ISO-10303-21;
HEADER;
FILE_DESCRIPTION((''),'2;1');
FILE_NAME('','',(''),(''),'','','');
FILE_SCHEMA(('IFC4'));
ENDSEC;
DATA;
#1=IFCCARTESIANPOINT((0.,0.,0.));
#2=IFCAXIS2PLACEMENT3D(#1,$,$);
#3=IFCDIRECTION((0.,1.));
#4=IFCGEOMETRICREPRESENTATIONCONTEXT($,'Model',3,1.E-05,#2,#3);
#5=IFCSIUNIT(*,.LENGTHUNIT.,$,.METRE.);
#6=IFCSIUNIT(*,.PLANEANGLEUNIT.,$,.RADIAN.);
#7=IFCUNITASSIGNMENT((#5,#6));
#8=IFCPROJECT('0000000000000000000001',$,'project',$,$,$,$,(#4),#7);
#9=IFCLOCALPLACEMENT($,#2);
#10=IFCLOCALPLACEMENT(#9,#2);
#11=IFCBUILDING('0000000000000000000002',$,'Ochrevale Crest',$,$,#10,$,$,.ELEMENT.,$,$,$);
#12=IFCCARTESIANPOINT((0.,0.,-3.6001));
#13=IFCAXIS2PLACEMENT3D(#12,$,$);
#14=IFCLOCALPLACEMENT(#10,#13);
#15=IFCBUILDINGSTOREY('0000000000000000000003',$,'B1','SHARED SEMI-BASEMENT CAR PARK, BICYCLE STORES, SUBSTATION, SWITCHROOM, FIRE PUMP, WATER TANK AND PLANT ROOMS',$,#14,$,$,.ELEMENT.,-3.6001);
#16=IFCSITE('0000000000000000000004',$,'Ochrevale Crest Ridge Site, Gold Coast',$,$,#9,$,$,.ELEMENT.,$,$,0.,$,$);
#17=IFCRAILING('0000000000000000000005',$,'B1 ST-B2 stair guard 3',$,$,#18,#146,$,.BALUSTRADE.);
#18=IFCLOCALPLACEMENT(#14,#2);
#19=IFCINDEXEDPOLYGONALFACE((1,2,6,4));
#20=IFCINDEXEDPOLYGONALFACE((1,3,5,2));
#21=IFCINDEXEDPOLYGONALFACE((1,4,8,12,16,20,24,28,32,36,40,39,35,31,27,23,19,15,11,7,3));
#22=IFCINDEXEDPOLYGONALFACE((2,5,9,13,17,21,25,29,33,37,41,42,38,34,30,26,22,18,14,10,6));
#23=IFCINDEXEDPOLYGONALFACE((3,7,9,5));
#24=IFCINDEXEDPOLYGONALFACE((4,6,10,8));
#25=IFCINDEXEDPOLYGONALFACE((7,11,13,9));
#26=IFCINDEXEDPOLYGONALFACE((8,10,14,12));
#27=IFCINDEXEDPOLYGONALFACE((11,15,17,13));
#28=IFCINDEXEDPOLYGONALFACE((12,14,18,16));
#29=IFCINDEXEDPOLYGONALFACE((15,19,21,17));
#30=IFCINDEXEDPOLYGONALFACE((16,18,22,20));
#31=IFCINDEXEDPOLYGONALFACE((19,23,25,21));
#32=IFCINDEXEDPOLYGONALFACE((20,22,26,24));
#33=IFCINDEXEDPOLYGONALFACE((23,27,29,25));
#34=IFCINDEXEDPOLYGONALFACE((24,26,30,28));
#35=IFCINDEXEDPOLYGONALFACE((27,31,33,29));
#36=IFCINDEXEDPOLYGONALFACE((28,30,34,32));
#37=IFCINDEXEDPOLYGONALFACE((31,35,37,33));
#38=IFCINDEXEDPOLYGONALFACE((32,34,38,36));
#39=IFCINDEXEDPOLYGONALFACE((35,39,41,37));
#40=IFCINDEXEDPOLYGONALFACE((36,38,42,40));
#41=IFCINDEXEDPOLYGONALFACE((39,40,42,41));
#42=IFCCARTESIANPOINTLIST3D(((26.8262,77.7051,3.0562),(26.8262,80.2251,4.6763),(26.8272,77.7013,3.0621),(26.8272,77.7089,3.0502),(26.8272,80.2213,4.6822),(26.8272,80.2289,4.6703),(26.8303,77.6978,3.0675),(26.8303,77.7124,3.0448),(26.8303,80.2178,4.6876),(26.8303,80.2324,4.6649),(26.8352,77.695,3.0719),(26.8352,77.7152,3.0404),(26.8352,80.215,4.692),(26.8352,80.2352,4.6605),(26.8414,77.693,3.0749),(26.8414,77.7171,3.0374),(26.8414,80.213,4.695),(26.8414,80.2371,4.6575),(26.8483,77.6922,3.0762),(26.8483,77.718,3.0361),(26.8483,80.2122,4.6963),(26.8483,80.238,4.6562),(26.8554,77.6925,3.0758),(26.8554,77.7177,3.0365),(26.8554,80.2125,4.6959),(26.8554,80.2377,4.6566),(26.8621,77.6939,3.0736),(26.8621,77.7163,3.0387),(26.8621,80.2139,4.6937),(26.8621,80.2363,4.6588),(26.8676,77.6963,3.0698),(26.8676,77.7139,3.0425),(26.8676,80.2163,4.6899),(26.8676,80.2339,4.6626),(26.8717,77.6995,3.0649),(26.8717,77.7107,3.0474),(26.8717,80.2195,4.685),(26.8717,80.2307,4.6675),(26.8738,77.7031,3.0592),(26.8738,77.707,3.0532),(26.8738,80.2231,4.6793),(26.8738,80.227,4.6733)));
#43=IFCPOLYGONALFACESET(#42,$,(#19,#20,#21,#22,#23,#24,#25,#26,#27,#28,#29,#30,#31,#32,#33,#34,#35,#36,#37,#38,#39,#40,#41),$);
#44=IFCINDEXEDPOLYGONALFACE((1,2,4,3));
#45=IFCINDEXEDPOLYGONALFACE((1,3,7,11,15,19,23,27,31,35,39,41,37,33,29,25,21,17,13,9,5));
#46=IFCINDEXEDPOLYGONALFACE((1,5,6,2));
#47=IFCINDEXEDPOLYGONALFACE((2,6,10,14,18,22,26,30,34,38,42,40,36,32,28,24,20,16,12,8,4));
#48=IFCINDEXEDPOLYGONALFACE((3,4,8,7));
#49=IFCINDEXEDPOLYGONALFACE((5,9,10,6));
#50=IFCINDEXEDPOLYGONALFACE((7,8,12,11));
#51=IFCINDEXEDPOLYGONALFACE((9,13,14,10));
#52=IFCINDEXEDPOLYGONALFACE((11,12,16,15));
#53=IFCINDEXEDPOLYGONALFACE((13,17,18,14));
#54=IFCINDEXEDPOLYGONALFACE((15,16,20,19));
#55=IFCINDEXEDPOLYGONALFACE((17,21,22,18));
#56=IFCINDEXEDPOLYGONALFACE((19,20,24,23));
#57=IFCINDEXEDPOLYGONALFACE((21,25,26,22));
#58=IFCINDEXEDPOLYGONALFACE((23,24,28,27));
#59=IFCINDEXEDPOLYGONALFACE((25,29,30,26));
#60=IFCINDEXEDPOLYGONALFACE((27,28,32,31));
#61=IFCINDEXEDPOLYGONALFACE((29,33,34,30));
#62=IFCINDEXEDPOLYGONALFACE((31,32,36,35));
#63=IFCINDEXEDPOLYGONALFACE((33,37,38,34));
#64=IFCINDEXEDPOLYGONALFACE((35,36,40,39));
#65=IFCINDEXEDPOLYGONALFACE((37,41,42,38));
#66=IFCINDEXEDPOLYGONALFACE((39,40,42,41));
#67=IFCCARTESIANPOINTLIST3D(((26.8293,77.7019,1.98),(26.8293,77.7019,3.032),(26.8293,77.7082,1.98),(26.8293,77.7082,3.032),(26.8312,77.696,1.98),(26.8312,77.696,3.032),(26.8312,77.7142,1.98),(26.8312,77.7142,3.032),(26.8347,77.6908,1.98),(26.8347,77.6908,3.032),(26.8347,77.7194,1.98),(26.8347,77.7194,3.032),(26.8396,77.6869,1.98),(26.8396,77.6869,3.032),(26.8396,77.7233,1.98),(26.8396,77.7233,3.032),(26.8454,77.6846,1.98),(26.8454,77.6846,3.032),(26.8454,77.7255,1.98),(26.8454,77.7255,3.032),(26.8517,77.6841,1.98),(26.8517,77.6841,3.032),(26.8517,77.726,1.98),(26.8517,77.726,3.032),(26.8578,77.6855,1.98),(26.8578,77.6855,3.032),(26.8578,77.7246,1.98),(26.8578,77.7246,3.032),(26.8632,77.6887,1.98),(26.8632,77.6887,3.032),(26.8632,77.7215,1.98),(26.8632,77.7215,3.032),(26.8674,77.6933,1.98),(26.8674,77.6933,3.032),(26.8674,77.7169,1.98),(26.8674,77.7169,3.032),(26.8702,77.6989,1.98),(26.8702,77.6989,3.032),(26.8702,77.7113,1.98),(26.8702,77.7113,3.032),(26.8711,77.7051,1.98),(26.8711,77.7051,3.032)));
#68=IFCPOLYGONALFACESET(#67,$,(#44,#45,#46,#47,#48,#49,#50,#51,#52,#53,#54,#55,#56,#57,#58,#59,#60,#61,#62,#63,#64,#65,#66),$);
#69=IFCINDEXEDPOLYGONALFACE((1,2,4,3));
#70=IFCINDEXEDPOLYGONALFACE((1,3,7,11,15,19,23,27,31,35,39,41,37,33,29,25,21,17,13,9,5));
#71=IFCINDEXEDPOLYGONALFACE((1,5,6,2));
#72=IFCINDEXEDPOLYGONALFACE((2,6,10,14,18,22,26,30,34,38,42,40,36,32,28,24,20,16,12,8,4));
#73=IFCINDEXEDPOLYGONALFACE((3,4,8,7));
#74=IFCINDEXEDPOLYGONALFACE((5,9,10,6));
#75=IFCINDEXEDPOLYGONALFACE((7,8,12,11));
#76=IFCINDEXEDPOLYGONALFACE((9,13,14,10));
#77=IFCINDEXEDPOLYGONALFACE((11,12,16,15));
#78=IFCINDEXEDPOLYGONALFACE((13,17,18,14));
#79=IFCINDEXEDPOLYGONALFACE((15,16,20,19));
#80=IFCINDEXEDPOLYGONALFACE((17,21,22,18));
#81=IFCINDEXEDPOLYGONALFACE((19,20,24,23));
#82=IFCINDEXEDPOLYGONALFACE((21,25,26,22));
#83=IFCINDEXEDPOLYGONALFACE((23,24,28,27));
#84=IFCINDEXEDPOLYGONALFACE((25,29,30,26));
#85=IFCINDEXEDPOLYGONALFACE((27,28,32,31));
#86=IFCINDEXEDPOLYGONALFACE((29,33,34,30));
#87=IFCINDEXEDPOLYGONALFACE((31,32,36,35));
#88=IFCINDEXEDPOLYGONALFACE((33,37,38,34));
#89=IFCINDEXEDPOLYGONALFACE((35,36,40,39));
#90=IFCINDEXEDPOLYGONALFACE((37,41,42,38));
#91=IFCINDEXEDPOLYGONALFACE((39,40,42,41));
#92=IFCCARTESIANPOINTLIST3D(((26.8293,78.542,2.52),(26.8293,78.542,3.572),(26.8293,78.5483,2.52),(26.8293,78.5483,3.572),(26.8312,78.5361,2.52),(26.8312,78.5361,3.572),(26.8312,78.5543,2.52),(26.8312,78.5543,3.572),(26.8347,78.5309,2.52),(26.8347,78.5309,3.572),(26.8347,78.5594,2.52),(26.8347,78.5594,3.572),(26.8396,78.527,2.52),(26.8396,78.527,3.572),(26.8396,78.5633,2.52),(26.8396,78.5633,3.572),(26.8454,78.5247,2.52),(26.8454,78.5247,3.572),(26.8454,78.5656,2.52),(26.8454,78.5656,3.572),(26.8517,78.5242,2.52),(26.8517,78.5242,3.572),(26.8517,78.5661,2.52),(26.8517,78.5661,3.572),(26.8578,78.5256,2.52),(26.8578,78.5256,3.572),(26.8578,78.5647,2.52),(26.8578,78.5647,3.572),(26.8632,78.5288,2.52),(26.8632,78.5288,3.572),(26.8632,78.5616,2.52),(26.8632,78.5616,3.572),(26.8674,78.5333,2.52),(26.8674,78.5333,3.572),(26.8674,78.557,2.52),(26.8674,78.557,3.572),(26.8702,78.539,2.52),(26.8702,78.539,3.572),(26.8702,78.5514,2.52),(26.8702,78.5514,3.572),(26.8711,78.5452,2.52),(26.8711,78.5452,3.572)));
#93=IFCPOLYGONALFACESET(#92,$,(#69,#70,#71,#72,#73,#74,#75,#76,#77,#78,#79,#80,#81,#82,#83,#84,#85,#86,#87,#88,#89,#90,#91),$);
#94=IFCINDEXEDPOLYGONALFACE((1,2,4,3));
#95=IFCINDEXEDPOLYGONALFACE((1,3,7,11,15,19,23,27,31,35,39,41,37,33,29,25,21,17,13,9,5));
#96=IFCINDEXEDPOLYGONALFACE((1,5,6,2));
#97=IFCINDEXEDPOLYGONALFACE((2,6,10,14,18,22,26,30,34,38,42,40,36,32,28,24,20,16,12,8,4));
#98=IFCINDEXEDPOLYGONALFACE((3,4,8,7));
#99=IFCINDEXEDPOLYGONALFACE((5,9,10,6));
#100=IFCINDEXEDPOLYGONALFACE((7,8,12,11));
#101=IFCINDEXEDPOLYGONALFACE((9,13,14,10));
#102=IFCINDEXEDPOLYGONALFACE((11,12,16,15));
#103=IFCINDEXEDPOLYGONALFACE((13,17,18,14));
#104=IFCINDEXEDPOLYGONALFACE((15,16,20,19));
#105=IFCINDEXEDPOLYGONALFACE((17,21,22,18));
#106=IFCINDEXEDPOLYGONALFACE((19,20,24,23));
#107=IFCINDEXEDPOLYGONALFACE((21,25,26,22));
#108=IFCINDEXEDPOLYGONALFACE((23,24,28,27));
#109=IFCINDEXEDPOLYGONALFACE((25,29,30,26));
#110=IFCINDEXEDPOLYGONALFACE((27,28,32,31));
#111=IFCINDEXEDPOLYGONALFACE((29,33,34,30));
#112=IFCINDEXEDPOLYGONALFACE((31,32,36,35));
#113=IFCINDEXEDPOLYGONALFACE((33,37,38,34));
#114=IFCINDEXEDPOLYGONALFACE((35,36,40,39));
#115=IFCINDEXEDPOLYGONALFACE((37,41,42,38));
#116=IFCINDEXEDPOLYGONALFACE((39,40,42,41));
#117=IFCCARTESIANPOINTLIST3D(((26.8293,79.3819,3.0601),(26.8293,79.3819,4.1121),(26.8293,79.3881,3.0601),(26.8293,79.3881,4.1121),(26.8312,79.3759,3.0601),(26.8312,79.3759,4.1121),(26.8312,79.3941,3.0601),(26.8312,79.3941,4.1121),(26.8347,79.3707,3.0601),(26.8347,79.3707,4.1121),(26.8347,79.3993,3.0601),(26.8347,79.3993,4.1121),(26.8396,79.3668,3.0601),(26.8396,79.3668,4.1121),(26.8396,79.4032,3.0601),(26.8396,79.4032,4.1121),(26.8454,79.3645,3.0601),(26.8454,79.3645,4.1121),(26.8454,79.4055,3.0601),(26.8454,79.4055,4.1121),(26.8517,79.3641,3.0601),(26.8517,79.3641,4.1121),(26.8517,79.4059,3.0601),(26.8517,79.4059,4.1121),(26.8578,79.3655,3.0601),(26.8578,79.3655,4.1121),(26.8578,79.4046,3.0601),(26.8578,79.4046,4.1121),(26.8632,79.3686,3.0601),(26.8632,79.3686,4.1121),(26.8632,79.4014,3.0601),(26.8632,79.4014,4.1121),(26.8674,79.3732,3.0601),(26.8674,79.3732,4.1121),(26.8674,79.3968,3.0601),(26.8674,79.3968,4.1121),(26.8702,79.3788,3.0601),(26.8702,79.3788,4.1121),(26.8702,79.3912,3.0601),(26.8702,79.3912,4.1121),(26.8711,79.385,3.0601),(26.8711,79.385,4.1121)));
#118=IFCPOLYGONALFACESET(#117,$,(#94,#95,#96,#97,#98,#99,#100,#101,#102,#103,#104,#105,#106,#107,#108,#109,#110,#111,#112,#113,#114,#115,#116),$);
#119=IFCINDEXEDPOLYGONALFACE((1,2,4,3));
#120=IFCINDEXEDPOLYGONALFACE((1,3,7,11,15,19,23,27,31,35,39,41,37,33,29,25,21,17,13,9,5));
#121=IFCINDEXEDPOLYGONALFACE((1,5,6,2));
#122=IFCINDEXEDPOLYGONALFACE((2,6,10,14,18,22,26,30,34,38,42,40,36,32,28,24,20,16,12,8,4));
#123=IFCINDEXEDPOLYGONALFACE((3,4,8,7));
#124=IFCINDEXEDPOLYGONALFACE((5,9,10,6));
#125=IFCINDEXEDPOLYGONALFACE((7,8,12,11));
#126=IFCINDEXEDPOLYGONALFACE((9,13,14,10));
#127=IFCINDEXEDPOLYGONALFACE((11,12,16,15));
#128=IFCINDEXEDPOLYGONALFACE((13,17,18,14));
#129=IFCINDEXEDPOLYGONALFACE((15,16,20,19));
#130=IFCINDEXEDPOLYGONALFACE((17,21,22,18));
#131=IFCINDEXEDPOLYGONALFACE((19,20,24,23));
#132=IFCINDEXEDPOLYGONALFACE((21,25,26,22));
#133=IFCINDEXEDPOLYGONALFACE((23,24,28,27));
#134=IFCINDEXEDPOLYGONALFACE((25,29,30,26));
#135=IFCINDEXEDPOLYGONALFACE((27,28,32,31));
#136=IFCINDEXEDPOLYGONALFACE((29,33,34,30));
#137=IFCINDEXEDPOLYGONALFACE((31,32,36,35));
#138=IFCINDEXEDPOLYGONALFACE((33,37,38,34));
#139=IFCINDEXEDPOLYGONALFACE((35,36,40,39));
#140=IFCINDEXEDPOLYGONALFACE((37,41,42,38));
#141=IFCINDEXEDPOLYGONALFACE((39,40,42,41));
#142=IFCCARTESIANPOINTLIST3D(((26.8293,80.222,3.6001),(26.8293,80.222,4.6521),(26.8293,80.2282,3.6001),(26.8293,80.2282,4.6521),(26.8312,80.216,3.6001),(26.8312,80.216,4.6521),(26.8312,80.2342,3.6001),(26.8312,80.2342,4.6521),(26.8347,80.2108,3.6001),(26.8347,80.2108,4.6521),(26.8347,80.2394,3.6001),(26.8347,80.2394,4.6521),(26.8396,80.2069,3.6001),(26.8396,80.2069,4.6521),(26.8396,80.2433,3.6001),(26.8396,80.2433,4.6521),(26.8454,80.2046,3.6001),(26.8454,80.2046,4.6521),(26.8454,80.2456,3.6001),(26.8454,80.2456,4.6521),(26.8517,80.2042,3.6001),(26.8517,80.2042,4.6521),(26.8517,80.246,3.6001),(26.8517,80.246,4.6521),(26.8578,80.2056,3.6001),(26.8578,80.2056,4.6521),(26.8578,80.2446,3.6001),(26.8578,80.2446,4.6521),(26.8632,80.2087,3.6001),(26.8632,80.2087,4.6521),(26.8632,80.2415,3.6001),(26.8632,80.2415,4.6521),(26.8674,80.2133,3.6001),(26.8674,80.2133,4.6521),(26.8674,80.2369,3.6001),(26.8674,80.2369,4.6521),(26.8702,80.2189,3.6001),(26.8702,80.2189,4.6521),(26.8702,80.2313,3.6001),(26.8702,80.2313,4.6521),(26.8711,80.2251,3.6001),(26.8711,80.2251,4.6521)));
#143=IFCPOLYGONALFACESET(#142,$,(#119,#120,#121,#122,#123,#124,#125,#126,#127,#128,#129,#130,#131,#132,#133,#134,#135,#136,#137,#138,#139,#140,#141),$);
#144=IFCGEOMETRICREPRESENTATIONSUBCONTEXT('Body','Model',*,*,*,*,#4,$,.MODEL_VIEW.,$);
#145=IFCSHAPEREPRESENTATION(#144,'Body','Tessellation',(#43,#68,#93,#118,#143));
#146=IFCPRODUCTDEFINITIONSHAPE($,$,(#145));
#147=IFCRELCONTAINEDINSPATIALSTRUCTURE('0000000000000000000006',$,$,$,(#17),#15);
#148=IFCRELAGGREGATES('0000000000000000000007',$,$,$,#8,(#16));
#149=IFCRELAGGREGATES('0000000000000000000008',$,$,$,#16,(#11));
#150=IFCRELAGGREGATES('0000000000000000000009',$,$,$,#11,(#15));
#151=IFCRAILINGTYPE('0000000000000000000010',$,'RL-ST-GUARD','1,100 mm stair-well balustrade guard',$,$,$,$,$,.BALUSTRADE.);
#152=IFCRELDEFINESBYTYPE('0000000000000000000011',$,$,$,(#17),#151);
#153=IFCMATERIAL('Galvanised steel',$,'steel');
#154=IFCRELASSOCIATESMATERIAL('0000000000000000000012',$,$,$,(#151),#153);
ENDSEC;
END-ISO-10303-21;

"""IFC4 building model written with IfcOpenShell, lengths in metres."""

from ifc_helpers import new_model, si_unit, direction, frame, origin, origin_2d, place, context, subcontext, project, spatial, circle, extrude, material, type_object, element, save


model = new_model("IFC4")

# Units and contexts
model_context = context("Model", 3, precision=1e-05, world=origin(), true_north=direction((0.0, 1.0)))
body_context = subcontext(model_context, "Body", "Model", "MODEL_VIEW")
ifc_project = project(units=[si_unit("LENGTHUNIT", "METRE"), si_unit("PLANEANGLEUNIT", "RADIAN")], contexts=[model_context])

# Site, building, storey
site_placement = place(None, origin())
site = spatial("IfcSite", under=ifc_project, at=site_placement, Name="Ochrevale Crest Ridge Site, Gold Coast", CompositionType="ELEMENT", RefElevation=0.0)
building_placement = place(site_placement, origin())
building = spatial("IfcBuilding", under=site, at=building_placement, Name="Ochrevale Crest", CompositionType="ELEMENT")
storey_placement = place(building_placement, frame((0.0, 0.0, -3.6001)))
storey = spatial("IfcBuildingStorey", under=building, at=storey_placement, Name="B1", Description="SHARED SEMI-BASEMENT CAR PARK, BICYCLE STORES, SUBSTATION, SWITCHROOM, FIRE PUMP, WATER TANK AND PLANT ROOMS", CompositionType="ELEMENT", Elevation=-3.6001)

# Railing
ifc_material_1 = material(Name="Galvanised steel", Category="steel")
railing_type = type_object("IfcRailingType", Name="RL-ST-GUARD", Description="1,100 mm stair-well balustrade guard", PredefinedType="BALUSTRADE", material=ifc_material_1)
railing_1_placement = place(storey_placement, frame((26.8501, 77.7051, 1.98)))
element("IfcRailing", 1, at=railing_1_placement, inside=storey, type_object=railing_type, Name="B1 ST-B2 stair guard 3", PredefinedType="BALUSTRADE", context=body_context, shape_type="SweptSolid", body=[
    extrude(circle(Radius=0.0239, at=origin_2d()), frame((0.0, 0.0, 1.0762), z_axis=(0.0, 0.841163, 0.540782), x_axis=(-1.0, 0.0, 0.0)), (0.0, 0.0, 1.0), 2.9958),
    extrude(circle(Radius=0.021, at=origin_2d()), origin(), (0.0, 0.0, 1.0), 1.052),
    extrude(circle(Radius=0.021, at=origin_2d()), frame((0.0, 0.8401, 0.54)), (0.0, 0.0, 1.0), 1.052),
    extrude(circle(Radius=0.021, at=origin_2d()), frame((0.0, 1.6799, 1.0801)), (0.0, 0.0, 1.0), 1.052),
    extrude(circle(Radius=0.021, at=origin_2d()), frame((0.0, 2.52, 1.6201)), (0.0, 0.0, 1.0), 1.052),
])

save(model, "model.ifc")
